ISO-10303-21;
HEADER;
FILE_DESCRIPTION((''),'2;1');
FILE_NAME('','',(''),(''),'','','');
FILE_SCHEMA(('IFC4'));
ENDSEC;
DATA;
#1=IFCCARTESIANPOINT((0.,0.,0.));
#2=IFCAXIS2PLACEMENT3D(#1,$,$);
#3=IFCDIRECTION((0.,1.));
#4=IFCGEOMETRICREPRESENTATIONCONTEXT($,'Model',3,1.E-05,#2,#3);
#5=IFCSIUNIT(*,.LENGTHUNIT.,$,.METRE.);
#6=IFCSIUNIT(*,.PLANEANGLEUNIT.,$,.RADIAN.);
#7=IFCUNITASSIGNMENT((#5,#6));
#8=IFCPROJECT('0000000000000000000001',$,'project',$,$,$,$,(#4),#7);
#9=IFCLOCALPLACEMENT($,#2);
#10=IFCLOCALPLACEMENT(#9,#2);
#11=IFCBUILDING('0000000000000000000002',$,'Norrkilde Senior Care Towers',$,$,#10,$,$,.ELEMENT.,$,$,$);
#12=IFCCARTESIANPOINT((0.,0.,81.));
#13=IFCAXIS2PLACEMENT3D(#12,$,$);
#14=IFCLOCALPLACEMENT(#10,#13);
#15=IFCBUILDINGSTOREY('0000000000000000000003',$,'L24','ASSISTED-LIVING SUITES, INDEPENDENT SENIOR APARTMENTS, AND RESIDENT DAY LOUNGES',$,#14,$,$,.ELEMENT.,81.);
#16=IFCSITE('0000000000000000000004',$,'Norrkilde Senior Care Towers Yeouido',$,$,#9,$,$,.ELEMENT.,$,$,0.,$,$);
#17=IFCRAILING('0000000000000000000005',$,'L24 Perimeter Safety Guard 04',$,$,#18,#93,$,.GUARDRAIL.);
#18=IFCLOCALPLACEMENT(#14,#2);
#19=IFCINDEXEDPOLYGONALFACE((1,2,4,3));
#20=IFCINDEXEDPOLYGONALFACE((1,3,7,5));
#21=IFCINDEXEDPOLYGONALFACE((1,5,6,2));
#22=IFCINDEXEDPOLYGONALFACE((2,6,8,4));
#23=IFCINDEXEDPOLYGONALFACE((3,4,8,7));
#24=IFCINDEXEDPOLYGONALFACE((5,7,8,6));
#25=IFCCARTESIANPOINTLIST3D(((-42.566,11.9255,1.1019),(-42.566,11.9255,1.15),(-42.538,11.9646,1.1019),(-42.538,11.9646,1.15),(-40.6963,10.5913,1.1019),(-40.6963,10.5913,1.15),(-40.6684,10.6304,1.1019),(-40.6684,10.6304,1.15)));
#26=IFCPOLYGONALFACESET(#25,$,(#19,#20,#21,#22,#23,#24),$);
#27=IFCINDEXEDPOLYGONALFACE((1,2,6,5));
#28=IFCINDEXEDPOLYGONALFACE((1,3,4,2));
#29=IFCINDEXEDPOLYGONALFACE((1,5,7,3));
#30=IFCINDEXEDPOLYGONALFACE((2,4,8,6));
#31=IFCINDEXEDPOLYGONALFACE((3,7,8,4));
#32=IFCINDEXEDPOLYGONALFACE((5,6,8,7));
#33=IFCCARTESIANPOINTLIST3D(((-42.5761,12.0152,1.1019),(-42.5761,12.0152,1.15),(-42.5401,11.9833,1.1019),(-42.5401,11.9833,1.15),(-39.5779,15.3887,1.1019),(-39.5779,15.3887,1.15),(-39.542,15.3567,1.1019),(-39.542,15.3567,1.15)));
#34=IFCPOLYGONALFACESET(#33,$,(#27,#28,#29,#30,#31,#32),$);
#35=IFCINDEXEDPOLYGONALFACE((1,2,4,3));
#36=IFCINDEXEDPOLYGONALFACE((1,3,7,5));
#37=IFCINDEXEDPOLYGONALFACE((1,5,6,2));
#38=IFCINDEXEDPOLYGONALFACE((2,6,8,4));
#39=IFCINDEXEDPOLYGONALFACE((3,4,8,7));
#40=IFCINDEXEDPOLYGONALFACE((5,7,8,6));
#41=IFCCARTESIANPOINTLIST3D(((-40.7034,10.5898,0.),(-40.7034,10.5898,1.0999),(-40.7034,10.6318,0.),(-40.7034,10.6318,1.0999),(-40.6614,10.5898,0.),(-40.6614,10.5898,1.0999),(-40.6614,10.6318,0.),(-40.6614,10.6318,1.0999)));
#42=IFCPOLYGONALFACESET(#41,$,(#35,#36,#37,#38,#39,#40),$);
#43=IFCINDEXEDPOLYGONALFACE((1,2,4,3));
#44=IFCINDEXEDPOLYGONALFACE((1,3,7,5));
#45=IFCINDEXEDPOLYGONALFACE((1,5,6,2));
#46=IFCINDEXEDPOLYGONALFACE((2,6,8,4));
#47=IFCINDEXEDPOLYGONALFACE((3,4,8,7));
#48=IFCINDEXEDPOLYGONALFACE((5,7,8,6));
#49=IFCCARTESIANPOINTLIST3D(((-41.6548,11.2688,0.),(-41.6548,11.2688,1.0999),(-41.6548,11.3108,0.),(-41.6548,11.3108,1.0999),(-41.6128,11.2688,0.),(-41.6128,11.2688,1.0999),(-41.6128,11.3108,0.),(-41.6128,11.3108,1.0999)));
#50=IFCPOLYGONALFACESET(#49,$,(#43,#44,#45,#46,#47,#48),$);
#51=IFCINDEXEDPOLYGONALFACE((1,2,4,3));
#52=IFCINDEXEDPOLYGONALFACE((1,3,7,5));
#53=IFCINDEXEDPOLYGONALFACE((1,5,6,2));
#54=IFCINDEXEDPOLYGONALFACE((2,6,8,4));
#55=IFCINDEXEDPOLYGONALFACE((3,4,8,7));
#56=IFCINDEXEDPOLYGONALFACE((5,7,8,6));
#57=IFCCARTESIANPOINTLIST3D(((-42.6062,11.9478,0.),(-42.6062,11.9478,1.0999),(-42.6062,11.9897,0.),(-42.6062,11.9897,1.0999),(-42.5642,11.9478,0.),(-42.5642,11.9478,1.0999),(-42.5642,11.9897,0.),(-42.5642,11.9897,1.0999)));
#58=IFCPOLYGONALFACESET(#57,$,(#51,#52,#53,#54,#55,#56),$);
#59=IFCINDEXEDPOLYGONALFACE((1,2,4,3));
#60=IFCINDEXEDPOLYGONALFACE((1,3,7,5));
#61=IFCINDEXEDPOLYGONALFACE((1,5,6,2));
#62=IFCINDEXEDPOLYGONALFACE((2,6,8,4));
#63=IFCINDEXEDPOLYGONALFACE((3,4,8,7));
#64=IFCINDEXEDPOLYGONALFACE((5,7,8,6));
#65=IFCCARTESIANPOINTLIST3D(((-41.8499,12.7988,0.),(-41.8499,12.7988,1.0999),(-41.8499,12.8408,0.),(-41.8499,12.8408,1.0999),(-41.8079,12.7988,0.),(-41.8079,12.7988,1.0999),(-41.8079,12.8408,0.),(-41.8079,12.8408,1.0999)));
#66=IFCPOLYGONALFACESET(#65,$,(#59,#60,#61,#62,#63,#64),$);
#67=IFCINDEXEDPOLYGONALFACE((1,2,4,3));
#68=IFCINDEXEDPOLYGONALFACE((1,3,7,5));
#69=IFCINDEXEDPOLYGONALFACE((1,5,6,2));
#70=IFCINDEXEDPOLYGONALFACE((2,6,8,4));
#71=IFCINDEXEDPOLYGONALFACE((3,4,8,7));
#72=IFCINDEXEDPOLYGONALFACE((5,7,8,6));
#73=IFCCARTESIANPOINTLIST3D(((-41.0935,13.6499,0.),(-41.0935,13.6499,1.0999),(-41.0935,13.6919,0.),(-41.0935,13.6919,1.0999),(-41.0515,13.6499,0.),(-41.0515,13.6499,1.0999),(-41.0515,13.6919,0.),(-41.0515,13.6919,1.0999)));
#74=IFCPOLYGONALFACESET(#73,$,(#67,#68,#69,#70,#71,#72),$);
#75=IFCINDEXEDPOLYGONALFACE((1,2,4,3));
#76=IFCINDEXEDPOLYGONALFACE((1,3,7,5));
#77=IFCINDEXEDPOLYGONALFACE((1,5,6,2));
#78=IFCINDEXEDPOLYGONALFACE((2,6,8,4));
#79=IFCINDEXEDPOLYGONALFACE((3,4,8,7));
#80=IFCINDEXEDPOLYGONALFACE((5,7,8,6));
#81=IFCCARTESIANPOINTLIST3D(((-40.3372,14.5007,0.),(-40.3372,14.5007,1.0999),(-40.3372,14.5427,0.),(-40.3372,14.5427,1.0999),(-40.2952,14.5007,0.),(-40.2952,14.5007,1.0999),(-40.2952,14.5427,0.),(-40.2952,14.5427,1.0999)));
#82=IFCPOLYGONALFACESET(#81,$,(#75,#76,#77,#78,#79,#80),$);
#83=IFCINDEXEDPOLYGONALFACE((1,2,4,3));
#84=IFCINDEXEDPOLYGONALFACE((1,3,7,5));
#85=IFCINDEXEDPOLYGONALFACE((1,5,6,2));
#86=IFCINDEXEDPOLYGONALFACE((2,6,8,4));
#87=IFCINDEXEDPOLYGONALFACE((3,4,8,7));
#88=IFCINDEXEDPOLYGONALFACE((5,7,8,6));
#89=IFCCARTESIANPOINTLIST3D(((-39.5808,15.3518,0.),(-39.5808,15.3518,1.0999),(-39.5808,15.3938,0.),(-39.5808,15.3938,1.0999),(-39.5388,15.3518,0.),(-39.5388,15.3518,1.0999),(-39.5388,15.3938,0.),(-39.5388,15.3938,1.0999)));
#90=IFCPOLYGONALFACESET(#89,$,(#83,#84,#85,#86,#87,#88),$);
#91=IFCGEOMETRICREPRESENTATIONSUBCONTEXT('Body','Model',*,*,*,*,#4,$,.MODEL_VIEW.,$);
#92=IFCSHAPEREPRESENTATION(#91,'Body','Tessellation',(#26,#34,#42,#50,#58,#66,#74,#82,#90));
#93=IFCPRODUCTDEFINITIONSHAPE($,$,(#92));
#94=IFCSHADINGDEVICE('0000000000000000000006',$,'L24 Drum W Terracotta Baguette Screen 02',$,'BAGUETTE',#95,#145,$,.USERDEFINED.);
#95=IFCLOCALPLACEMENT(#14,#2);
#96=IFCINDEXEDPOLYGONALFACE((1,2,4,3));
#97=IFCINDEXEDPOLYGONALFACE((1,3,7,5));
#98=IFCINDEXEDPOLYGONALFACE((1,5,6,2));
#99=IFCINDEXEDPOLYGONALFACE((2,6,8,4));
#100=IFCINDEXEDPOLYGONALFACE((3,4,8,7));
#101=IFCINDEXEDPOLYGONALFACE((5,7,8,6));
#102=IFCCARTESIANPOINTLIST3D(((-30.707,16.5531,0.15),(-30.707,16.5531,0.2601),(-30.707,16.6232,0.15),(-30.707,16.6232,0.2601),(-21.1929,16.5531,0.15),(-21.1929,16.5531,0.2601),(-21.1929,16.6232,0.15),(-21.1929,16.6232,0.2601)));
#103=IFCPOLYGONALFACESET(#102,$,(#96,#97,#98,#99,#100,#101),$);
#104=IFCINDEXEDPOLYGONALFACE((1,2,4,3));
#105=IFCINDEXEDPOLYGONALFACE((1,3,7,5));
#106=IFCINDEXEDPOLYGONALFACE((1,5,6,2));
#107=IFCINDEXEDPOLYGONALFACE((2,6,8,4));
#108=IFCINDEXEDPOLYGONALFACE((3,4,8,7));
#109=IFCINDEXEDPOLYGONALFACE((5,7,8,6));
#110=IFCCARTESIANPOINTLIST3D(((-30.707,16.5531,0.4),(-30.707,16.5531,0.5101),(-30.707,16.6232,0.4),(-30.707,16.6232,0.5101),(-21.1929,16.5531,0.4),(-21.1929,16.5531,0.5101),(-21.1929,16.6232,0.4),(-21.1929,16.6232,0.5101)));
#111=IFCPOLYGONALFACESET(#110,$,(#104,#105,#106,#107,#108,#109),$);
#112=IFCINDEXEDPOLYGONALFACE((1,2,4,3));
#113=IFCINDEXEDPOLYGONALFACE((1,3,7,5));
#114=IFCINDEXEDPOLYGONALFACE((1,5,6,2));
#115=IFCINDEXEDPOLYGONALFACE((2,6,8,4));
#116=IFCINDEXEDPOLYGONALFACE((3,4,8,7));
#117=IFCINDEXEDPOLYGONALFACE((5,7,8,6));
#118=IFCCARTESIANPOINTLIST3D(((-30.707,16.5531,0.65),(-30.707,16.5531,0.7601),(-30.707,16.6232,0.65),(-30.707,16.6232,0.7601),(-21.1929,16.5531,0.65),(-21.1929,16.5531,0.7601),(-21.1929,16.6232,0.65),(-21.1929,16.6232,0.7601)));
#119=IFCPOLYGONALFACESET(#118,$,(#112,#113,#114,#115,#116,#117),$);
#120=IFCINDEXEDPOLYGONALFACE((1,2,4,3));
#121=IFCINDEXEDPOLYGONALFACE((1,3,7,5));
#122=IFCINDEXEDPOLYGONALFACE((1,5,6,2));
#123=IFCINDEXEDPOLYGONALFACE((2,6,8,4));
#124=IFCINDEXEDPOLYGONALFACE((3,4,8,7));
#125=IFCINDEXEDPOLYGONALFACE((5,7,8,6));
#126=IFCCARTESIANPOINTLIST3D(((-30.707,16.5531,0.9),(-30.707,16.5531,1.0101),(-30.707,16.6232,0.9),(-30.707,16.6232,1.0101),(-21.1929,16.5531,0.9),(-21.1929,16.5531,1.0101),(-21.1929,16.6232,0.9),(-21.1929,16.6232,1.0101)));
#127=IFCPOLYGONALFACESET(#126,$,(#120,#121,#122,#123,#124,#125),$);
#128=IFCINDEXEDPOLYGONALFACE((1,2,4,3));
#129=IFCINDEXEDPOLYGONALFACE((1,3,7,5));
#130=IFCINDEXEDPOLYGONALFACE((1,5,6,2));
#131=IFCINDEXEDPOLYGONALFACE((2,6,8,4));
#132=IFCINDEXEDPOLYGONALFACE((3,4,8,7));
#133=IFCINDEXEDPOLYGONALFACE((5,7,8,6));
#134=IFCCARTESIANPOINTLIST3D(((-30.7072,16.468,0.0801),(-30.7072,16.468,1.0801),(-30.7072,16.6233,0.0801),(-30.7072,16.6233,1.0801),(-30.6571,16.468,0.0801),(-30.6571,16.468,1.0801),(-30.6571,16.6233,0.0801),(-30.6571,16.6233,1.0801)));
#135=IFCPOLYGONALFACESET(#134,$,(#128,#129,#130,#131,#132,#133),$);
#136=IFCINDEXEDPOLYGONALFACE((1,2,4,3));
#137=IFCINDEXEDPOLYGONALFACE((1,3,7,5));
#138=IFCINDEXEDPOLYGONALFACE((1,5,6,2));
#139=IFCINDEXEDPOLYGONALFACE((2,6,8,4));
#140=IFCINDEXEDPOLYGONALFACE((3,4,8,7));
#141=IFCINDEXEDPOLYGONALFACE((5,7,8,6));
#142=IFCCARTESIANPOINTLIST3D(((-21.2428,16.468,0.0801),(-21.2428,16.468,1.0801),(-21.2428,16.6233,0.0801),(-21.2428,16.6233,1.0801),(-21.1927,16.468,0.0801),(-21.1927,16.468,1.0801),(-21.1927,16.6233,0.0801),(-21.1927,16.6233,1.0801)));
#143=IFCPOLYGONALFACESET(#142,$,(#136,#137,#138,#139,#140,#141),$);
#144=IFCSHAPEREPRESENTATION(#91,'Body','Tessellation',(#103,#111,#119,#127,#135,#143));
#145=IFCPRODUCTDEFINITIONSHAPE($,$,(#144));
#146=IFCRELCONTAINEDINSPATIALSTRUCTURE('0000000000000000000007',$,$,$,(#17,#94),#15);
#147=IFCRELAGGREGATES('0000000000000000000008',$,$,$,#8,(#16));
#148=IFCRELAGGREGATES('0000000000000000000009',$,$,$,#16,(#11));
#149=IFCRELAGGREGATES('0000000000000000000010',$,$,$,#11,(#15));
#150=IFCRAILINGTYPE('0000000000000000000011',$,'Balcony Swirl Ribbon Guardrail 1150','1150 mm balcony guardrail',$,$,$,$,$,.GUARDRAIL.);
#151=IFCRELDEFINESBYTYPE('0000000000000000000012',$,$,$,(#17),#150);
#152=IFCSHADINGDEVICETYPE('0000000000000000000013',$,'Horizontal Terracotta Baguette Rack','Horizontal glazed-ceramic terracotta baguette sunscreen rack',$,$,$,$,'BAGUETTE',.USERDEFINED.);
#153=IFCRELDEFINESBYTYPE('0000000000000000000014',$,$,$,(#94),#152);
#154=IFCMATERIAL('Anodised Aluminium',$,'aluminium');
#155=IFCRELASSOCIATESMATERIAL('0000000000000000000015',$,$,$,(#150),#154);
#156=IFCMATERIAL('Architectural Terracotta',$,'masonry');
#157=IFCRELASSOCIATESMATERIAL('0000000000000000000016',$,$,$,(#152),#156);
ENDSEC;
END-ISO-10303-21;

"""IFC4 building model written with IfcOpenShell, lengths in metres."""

from ifc_helpers import new_model, si_unit, direction, frame, origin, origin_2d, place, context, subcontext, project, spatial, rectangle, extrude, source, transform, mapped, material, type_object, type_shapes, element, save


model = new_model("IFC4")

# Units and contexts
model_context = context("Model", 3, precision=1e-05, world=origin(), true_north=direction((0.0, 1.0)))
body_context = subcontext(model_context, "Body", "Model", "MODEL_VIEW")
ifc_project = project(units=[si_unit("LENGTHUNIT", "METRE"), si_unit("PLANEANGLEUNIT", "RADIAN")], contexts=[model_context])

# Site, building, storey
site_placement = place(None, origin())
site = spatial("IfcSite", under=ifc_project, at=site_placement, Name="Norrkilde Senior Care Towers Yeouido", CompositionType="ELEMENT", RefElevation=0.0)
building_placement = place(site_placement, origin())
building = spatial("IfcBuilding", under=site, at=building_placement, Name="Norrkilde Senior Care Towers", CompositionType="ELEMENT")
storey_placement = place(building_placement, frame((0.0, 0.0, 81.0)))
storey = spatial("IfcBuildingStorey", under=building, at=storey_placement, Name="L24", Description="ASSISTED-LIVING SUITES, INDEPENDENT SENIOR APARTMENTS, AND RESIDENT DAY LOUNGES", CompositionType="ELEMENT", Elevation=81.0)

# Shared definitions
ifc_material_1 = material(Name="Anodised Aluminium", Category="aluminium")

# Railing
railing_type = type_object("IfcRailingType", Name="Balcony Swirl Ribbon Guardrail 1150", Description="1150 mm balcony guardrail", PredefinedType="GUARDRAIL", material=ifc_material_1)
railing_1_placement = place(storey_placement, frame((-40.6824, 10.6108, 0.0)))
element("IfcRailing", 1, at=railing_1_placement, inside=storey, type_object=railing_type, Name="L24 Perimeter Safety Guard 04", PredefinedType="GUARDRAIL", context=body_context, shape_type="SweptSolid", body=[
    extrude(rectangle(XDim=0.0481, YDim=0.0481, at=origin_2d()), frame((0.0, 0.0, 1.126), z_axis=(-0.813987, 0.580882, 0.0), x_axis=(-0.580882, -0.813987, 0.0)), (0.0, 0.0, 1.0), 2.2969),
    extrude(rectangle(XDim=0.0481, YDim=0.0481, at=origin_2d()), frame((-1.8757, 1.3884, 1.126), z_axis=(0.664311, 0.747457, 0.0), x_axis=(-0.747457, 0.664311, 0.0)), (0.0, 0.0, 1.0), 4.5132),
    extrude(rectangle(XDim=0.042, YDim=0.042, at=origin_2d()), origin(), (0.0, 0.0, 1.0), 1.0999),
    extrude(rectangle(XDim=0.042, YDim=0.042, at=origin_2d()), frame((-0.9514, 0.679, 0.0)), (0.0, 0.0, 1.0), 1.0999),
    extrude(rectangle(XDim=0.042, YDim=0.042, at=origin_2d()), frame((-1.9028, 1.3579, 0.0)), (0.0, 0.0, 1.0), 1.0999),
    extrude(rectangle(XDim=0.042, YDim=0.042, at=origin_2d()), frame((-1.1465, 2.209, 0.0)), (0.0, 0.0, 1.0), 1.0999),
    extrude(rectangle(XDim=0.042, YDim=0.042, at=origin_2d()), frame((-0.3901, 3.0601, 0.0)), (0.0, 0.0, 1.0), 1.0999),
    extrude(rectangle(XDim=0.042, YDim=0.042, at=origin_2d()), frame((0.3662, 3.9109, 0.0)), (0.0, 0.0, 1.0), 1.0999),
    extrude(rectangle(XDim=0.042, YDim=0.042, at=origin_2d()), frame((1.1226, 4.762, 0.0)), (0.0, 0.0, 1.0), 1.0999),
])

# Shading device
ifc_material_2 = material(Name="Architectural Terracotta", Category="masonry")
shading_device_type = type_object("IfcShadingDeviceType", Name="Horizontal Terracotta Baguette Rack", Description="Horizontal glazed-ceramic terracotta baguette sunscreen rack", ElementType="BAGUETTE", PredefinedType="USERDEFINED", material=ifc_material_2)
shared_shape_1 = source(origin(), body_context, "Body", "SweptSolid", [
    extrude(rectangle(XDim=0.0701, YDim=0.1101, at=origin_2d()), frame((0.0, 0.0901, 0.125), z_axis=(1.0, 0.0, 0.0), x_axis=(0.0, 1.0, 0.0)), (0.0, 0.0, 1.0), 9.5142),
    extrude(rectangle(XDim=0.0701, YDim=0.1101, at=origin_2d()), frame((0.0, 0.0901, 0.375), z_axis=(1.0, 0.0, 0.0), x_axis=(0.0, 1.0, 0.0)), (0.0, 0.0, 1.0), 9.5142),
    extrude(rectangle(XDim=0.0701, YDim=0.1101, at=origin_2d()), frame((0.0, 0.0901, 0.625), z_axis=(1.0, 0.0, 0.0), x_axis=(0.0, 1.0, 0.0)), (0.0, 0.0, 1.0), 9.5142),
    extrude(rectangle(XDim=0.0701, YDim=0.1101, at=origin_2d()), frame((0.0, 0.0901, 0.875), z_axis=(1.0, 0.0, 0.0), x_axis=(0.0, 1.0, 0.0)), (0.0, 0.0, 1.0), 9.5142),
    extrude(rectangle(XDim=0.05, YDim=0.1553, at=origin_2d()), frame((0.0249, 0.0476, 0.0)), (0.0, 0.0, 1.0), 1.0),
    extrude(rectangle(XDim=0.05, YDim=0.1553, at=origin_2d()), frame((9.4893, 0.0476, 0.0)), (0.0, 0.0, 1.0), 1.0),
])
type_shapes(shading_device_type, [shared_shape_1])
shading_device_placement = place(storey_placement, frame((-30.707, 16.498, 0.0801), z_axis=(0.0, 0.0, 1.0), x_axis=(1.0, 0.0, 0.0)))
element("IfcShadingDevice", 2, at=shading_device_placement, inside=storey, type_object=shading_device_type, Name="L24 Drum W Terracotta Baguette Screen 02", ObjectType="BAGUETTE", PredefinedType="USERDEFINED", context=body_context, shape_type="MappedRepresentation", body=[
    mapped(shared_shape_1, transform((0.0, 0.0, 0.0), x_axis=(1.0, 0.0, 0.0), y_axis=(0.0, 1.0, 0.0), z_axis=(0.0, 0.0, 1.0), scale=1.0)),
])

save(model, "model.ifc")
